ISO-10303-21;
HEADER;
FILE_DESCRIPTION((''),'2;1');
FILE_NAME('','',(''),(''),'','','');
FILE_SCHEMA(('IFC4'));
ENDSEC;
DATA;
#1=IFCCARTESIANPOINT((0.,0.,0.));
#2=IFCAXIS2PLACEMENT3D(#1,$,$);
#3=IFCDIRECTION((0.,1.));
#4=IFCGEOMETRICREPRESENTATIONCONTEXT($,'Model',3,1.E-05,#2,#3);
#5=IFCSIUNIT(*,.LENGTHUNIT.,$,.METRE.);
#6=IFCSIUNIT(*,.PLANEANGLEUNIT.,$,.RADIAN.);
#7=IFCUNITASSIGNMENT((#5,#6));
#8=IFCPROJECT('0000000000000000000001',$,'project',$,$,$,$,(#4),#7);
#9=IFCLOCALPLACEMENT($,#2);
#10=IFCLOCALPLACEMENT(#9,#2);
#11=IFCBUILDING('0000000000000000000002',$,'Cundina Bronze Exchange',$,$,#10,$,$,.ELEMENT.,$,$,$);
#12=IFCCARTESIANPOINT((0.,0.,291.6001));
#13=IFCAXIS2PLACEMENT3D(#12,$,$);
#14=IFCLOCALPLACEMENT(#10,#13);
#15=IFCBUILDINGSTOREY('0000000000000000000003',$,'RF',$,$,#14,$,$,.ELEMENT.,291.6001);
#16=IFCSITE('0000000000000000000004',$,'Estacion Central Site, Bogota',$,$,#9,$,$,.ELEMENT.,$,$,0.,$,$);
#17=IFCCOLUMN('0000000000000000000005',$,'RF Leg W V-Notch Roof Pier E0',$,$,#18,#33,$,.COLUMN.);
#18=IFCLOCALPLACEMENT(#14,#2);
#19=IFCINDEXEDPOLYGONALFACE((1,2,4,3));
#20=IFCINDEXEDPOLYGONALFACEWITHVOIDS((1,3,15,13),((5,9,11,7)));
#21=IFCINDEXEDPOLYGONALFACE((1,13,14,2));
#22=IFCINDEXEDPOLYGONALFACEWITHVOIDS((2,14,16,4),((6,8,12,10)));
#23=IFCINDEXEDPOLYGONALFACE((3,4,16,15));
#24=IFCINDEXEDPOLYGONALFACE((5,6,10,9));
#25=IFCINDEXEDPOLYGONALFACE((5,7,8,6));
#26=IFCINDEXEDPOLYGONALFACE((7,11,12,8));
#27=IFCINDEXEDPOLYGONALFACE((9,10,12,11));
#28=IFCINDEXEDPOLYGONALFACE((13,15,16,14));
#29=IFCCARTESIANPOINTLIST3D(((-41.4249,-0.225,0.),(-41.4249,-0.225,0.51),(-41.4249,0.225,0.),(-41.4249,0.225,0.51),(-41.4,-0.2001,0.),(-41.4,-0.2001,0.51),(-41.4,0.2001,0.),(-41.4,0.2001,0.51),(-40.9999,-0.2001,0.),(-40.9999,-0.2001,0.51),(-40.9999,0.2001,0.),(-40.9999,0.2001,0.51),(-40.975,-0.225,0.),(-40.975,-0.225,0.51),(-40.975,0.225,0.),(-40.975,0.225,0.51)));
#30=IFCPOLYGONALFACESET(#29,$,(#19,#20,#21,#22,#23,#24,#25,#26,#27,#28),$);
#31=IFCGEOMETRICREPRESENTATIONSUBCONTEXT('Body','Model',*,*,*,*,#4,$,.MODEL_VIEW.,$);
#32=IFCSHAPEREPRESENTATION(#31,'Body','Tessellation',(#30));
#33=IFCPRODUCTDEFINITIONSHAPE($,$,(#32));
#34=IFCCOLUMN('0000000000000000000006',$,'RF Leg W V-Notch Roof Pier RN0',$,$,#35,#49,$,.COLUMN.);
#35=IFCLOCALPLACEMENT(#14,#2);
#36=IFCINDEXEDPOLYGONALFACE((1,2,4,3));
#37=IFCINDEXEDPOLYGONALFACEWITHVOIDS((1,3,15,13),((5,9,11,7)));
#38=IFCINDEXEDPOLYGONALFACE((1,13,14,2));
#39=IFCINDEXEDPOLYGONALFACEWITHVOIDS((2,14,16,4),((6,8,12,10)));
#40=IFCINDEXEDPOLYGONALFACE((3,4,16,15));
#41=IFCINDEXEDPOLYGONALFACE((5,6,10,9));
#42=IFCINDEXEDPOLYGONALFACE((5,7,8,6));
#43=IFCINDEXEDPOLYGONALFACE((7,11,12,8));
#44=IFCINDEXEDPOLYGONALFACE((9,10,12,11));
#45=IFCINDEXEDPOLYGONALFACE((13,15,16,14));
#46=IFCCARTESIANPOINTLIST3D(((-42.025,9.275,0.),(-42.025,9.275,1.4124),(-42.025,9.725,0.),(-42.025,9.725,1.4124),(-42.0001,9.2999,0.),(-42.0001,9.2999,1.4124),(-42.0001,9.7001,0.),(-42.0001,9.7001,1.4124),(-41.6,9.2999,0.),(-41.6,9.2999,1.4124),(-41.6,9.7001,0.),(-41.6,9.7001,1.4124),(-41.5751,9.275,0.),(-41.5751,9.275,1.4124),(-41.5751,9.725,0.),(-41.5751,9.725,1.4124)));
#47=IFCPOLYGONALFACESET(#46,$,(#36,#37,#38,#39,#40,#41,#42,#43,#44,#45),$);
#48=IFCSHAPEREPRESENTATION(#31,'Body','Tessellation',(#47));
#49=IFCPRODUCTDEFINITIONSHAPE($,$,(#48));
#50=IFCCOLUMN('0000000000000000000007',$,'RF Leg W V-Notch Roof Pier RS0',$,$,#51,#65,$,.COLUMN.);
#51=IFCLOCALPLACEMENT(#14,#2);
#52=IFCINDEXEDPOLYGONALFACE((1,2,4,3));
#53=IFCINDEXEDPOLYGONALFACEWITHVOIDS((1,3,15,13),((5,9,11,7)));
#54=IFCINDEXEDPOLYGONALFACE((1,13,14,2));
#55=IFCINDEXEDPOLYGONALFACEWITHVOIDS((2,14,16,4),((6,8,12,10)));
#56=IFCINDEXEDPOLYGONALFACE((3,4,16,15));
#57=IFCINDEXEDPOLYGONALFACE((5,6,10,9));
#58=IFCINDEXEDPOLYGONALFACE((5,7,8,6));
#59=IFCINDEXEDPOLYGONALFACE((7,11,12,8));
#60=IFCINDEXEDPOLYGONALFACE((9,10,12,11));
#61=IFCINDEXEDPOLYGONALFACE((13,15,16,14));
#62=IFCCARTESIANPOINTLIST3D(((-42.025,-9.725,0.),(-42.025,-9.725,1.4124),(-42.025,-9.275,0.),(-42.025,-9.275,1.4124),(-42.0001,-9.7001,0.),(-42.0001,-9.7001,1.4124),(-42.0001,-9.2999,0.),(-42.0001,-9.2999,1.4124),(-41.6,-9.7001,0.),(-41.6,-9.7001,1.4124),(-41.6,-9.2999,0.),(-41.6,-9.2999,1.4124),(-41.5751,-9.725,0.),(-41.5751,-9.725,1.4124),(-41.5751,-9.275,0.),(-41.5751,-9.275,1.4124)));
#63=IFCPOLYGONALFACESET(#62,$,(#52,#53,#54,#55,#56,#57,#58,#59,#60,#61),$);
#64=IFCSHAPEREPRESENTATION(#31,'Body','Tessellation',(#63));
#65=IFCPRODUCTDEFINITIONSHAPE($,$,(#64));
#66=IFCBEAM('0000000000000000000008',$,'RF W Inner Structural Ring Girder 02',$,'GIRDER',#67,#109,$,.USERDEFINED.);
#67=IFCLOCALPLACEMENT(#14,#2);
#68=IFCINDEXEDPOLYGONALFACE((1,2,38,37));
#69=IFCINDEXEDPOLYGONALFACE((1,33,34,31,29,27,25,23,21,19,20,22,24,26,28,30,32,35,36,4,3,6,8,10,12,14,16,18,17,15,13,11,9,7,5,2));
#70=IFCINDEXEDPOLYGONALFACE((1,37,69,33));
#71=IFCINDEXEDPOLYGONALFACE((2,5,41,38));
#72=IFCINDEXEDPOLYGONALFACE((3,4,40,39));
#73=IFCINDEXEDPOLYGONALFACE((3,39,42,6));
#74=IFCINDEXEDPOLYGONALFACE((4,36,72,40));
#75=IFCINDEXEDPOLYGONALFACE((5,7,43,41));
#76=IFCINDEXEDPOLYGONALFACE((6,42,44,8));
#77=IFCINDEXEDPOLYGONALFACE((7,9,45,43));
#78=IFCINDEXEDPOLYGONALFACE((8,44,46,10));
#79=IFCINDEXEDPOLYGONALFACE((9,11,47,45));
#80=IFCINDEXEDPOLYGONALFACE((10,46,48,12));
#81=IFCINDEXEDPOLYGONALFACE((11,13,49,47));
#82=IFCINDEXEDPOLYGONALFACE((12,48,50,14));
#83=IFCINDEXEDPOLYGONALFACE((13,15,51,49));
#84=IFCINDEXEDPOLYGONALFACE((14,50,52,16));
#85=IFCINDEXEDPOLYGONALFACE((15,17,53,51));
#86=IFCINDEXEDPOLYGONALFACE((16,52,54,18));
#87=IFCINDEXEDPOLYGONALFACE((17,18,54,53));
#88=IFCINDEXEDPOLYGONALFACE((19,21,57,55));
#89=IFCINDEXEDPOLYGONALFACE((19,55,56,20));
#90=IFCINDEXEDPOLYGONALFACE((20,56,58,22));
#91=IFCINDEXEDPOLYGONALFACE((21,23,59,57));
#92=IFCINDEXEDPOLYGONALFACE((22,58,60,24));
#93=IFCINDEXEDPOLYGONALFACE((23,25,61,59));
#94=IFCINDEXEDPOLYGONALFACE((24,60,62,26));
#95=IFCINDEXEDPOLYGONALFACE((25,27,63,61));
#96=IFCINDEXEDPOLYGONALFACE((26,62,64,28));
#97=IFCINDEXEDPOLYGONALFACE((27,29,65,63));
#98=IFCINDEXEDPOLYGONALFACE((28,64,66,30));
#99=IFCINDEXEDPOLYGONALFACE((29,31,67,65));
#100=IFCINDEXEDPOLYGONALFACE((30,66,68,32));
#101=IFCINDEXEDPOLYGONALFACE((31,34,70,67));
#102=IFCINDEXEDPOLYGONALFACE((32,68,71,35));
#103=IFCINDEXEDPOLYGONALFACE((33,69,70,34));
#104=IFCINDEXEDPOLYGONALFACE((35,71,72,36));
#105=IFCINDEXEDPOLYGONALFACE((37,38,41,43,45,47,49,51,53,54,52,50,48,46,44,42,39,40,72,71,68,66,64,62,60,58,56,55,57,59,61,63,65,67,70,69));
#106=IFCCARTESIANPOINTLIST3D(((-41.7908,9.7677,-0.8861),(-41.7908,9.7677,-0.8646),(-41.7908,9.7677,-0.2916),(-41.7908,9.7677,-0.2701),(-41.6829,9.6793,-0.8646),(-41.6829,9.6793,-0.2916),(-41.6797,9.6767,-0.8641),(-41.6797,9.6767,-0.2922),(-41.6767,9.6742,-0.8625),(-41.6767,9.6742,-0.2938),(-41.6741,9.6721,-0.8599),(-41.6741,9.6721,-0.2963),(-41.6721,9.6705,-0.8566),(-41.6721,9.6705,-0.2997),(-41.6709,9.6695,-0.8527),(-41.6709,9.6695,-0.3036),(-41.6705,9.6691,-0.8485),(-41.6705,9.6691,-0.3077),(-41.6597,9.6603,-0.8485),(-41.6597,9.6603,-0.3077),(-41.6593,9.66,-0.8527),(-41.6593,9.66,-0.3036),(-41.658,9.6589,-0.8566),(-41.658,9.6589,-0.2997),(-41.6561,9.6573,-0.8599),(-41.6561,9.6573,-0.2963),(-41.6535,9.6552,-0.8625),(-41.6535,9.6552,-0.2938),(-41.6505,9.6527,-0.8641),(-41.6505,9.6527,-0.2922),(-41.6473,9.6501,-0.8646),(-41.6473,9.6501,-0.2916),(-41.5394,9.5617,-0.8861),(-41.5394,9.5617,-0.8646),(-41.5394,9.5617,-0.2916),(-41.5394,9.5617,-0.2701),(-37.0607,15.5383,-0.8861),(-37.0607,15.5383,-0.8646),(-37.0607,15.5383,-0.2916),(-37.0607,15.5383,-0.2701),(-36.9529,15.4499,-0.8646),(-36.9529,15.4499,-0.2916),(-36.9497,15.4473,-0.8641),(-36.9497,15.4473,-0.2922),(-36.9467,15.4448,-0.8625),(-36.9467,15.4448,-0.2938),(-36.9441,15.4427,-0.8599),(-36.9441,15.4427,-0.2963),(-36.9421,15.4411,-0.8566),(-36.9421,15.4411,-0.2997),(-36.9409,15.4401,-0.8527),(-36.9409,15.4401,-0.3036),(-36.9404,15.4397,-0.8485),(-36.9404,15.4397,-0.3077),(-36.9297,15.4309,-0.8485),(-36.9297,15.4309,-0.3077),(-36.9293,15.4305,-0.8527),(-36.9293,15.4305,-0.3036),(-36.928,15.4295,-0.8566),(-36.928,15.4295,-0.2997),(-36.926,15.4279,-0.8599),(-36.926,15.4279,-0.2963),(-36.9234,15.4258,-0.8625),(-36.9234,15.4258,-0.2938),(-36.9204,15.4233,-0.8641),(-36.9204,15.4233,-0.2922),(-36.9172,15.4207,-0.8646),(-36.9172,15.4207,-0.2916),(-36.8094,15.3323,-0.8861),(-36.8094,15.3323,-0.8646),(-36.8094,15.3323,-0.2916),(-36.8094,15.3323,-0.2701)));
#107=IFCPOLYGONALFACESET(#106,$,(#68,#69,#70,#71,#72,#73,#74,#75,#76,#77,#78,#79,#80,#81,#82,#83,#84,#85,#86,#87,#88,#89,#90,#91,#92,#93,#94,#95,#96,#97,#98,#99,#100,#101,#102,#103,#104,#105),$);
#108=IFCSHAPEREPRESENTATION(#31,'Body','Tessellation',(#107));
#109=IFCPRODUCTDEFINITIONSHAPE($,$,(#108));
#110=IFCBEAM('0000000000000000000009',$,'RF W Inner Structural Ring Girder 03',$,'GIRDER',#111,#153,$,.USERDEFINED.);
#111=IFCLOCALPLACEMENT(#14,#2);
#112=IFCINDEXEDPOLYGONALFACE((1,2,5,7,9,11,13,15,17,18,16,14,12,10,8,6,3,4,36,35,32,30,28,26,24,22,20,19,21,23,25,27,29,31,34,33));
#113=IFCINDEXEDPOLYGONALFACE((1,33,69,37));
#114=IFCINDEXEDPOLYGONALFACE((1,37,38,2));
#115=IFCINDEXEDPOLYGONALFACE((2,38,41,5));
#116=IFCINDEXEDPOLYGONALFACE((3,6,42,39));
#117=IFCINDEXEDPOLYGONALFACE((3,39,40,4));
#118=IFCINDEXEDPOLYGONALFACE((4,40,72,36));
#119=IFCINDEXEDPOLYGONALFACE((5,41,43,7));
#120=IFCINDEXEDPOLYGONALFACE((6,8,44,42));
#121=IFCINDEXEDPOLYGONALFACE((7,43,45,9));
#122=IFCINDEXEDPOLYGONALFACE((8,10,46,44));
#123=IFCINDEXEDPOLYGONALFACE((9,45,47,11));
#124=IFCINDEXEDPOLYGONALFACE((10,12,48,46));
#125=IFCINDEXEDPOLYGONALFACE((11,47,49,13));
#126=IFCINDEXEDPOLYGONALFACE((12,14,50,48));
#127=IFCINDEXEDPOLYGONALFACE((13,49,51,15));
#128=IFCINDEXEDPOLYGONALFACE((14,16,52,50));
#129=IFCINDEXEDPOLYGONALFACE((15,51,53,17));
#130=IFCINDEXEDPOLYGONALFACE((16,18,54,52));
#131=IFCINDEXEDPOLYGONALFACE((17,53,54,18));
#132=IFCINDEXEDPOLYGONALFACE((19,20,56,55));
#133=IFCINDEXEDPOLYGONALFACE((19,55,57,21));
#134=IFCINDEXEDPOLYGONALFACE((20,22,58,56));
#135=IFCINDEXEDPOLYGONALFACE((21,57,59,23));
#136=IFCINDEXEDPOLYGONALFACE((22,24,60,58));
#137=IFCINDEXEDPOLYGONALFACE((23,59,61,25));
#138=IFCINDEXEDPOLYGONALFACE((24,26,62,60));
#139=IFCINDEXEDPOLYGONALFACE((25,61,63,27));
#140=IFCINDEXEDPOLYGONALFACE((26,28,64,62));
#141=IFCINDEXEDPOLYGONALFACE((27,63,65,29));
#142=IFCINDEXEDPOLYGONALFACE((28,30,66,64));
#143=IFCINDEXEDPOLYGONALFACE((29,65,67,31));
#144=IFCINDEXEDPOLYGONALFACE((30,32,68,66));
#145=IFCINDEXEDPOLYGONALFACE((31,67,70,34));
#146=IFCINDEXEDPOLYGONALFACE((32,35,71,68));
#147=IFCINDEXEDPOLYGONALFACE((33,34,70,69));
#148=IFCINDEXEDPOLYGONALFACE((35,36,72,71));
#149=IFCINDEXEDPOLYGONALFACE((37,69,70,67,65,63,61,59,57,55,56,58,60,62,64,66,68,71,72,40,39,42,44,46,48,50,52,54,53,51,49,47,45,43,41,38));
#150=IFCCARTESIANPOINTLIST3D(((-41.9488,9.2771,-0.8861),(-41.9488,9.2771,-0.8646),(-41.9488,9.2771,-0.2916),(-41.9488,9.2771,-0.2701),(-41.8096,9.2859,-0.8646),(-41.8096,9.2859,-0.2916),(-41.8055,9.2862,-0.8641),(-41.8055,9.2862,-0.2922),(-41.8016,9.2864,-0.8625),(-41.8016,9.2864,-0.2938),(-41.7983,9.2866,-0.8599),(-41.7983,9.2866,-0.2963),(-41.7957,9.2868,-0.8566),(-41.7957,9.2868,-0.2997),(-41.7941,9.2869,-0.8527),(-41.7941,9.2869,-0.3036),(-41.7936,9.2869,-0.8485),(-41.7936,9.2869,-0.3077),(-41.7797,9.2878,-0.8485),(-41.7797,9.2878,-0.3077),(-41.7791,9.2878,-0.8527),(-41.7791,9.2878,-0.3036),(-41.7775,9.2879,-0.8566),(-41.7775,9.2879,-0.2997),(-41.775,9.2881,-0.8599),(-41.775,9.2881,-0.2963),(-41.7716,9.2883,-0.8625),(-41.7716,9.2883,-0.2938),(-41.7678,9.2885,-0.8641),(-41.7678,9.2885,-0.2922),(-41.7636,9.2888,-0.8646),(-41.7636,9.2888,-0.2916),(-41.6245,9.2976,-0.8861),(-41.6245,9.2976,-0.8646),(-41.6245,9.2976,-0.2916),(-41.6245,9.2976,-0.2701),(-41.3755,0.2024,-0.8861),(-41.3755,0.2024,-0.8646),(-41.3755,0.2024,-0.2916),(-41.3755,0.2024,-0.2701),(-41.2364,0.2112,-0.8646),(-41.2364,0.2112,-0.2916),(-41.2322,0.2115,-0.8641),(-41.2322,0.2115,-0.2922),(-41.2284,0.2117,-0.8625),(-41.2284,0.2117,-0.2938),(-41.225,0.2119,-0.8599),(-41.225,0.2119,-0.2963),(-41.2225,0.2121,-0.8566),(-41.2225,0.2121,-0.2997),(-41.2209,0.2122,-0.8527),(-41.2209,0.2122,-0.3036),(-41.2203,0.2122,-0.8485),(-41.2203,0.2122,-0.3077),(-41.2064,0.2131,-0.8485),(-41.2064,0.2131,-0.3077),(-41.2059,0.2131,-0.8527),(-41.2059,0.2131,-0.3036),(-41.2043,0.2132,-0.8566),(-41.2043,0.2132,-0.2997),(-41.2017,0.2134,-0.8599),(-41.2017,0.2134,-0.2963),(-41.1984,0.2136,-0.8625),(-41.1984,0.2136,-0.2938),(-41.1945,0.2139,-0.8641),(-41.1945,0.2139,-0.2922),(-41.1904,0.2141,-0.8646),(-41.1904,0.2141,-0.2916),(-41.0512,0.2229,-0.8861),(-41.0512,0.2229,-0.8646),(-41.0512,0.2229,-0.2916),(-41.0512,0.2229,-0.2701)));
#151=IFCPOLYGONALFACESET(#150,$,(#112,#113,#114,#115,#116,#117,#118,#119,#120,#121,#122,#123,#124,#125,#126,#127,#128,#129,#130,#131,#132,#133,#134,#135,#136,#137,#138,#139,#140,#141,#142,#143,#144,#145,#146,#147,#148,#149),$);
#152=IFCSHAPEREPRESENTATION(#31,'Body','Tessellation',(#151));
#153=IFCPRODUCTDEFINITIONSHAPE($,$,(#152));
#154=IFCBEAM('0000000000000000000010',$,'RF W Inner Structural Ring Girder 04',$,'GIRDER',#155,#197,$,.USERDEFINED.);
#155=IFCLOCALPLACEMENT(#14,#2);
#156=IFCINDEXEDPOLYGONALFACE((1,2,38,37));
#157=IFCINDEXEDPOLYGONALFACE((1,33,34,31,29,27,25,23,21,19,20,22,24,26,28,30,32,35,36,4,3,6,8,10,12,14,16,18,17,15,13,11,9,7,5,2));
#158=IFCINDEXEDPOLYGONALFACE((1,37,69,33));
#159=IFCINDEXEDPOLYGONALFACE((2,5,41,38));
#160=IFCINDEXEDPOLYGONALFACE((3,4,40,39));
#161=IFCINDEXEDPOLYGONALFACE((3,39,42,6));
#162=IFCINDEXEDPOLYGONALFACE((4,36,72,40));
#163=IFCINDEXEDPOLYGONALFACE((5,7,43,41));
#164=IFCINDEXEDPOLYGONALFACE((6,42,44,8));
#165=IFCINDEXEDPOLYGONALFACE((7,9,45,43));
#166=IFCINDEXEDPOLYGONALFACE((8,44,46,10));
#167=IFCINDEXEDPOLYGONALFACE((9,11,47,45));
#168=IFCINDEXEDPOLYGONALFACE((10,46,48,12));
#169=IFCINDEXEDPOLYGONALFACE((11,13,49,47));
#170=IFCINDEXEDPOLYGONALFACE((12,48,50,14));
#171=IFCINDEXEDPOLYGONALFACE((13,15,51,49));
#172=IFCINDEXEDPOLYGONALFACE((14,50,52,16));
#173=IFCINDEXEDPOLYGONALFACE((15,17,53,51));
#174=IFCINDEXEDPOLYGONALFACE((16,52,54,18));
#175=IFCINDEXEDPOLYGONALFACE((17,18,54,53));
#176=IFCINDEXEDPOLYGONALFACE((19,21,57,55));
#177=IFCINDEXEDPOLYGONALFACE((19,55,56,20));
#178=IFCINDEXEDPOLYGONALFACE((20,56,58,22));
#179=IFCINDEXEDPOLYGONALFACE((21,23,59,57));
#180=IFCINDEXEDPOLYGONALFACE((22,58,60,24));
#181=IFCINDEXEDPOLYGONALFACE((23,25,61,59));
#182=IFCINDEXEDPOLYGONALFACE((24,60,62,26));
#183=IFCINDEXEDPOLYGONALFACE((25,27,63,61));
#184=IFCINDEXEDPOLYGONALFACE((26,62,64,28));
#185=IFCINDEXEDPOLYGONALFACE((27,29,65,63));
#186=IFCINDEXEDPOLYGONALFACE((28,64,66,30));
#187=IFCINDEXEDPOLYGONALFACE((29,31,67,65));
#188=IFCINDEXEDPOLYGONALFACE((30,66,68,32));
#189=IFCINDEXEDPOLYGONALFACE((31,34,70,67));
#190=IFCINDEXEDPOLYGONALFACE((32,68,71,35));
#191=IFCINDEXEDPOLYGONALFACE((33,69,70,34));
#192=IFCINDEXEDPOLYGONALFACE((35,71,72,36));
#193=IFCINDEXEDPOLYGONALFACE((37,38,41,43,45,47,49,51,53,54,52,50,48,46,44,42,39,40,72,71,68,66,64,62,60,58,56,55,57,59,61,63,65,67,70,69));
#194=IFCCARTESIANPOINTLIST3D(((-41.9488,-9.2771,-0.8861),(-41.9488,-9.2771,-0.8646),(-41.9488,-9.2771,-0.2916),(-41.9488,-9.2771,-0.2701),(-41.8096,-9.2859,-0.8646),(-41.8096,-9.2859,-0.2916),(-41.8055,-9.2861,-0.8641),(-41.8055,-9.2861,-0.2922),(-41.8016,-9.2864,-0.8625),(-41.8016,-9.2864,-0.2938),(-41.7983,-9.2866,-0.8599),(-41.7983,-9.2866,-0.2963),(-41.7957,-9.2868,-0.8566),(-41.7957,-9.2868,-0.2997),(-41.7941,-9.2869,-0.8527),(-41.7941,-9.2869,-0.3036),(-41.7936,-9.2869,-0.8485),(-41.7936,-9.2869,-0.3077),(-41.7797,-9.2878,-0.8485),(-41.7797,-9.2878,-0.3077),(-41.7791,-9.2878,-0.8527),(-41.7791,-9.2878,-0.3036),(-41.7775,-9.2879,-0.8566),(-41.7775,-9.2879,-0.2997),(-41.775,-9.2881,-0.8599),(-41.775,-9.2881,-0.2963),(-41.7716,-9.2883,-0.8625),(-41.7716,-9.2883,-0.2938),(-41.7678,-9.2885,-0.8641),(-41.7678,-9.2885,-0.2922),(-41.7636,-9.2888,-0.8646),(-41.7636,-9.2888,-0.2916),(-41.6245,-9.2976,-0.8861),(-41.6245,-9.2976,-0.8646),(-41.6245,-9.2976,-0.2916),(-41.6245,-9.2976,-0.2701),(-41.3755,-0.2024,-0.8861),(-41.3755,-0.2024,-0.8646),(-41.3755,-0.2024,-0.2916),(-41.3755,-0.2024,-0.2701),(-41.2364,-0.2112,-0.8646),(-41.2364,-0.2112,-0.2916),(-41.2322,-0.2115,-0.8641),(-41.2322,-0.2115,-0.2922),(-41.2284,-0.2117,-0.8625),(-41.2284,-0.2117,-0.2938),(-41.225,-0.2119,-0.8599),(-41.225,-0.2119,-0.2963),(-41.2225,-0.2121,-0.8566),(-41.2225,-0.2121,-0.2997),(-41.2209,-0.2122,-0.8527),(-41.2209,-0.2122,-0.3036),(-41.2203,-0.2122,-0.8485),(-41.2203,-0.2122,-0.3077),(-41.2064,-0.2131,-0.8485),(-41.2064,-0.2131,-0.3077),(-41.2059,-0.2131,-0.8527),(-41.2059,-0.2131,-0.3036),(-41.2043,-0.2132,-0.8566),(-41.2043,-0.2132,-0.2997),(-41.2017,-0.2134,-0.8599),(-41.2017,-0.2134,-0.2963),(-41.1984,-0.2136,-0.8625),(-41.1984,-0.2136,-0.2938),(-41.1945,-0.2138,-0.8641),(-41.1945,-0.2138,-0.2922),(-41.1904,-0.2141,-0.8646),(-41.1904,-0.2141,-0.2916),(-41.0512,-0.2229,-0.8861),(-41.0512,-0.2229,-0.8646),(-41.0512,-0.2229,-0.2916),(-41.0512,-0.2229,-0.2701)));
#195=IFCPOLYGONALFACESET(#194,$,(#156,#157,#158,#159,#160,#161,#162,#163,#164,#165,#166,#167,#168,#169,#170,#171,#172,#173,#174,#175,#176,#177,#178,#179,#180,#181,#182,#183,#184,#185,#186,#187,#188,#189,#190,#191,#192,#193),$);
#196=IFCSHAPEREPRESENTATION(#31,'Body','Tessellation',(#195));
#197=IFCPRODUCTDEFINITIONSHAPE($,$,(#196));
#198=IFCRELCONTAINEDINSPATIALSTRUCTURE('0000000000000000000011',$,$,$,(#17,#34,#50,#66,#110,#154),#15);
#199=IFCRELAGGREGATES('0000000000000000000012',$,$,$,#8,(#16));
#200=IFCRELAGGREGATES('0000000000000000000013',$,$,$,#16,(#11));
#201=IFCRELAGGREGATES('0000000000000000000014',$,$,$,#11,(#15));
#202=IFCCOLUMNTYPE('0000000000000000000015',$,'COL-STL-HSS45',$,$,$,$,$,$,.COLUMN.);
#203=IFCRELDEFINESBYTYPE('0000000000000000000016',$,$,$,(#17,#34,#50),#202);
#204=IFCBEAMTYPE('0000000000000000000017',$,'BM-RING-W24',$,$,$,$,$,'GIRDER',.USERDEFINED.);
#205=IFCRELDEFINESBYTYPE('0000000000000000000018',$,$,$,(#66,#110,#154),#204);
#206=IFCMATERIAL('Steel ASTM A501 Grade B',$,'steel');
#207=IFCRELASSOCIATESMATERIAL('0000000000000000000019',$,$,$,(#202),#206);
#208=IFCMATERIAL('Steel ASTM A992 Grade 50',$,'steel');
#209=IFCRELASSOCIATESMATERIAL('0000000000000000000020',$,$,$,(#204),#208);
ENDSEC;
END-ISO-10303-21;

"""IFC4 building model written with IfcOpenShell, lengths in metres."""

from ifc_helpers import new_model, si_unit, direction, frame, origin, origin_2d, place, context, subcontext, project, spatial, hollow_rectangle, i_section, extrude, material, material_profile, profile_set, type_object, element, save


model = new_model("IFC4")

# Units and contexts
model_context = context("Model", 3, precision=1e-05, world=origin(), true_north=direction((0.0, 1.0)))
body_context = subcontext(model_context, "Body", "Model", "MODEL_VIEW")
ifc_project = project(units=[si_unit("LENGTHUNIT", "METRE"), si_unit("PLANEANGLEUNIT", "RADIAN")], contexts=[model_context])

# Site, building, storey
site_placement = place(None, origin())
site = spatial("IfcSite", under=ifc_project, at=site_placement, Name="Estacion Central Site, Bogota", CompositionType="ELEMENT", RefElevation=0.0)
building_placement = place(site_placement, origin())
building = spatial("IfcBuilding", under=site, at=building_placement, Name="Cundina Bronze Exchange", CompositionType="ELEMENT")
storey_placement = place(building_placement, frame((0.0, 0.0, 291.6001)))
storey = spatial("IfcBuildingStorey", under=building, at=storey_placement, Name="RF", CompositionType="ELEMENT", Elevation=291.6001)

# Columns
ifc_material_1 = material(Name="Steel ASTM A501 Grade B", Category="steel")
ifc_material_profile_1 = material_profile(ifc_material_1, hollow_rectangle(XDim=0.45, YDim=0.45, WallThickness=0.0249, at=origin_2d()), Name="HSS450X450X25", Category="steel")
ifc_profile_set_1 = profile_set([ifc_material_profile_1], Name="Steel ASTM A501 Grade B")
column_type = type_object("IfcColumnType", Name="COL-STL-HSS45", PredefinedType="COLUMN", material=ifc_profile_set_1)
column_placement = place(storey_placement, frame((-41.2, 0.0, 0.0), z_axis=(0.0, 0.0, 1.0), x_axis=(1.0, 0.0, 0.0)))
element("IfcColumn", 1, at=column_placement, inside=storey, type_object=column_type, Name="RF Leg W V-Notch Roof Pier E0", PredefinedType="COLUMN", context=body_context, shape_type="SweptSolid", body=[
    extrude(hollow_rectangle(XDim=0.45, YDim=0.45, WallThickness=0.0249, at=origin_2d()), origin(), (0.0, 0.0, 1.0), 0.51),
])
for number, where, z_axis, x_axis, name in (
    (2, (-41.8, 9.5, 0.0), (0.0, 0.0, 1.0), (1.0, 0.0, 0.0), "RF Leg W V-Notch Roof Pier RN0"),
    (3, (-41.8, -9.5, 0.0), (0.0, 0.0, 1.0), (1.0, 0.0, 0.0), "RF Leg W V-Notch Roof Pier RS0"),
):
    element("IfcColumn", number, at=place(storey_placement, frame(where, z_axis=z_axis, x_axis=x_axis)), inside=storey, type_object=column_type, Name=name, PredefinedType="COLUMN", context=body_context, shape_type="SweptSolid", body=[
        extrude(hollow_rectangle(XDim=0.45, YDim=0.45, WallThickness=0.0249, at=origin_2d()), origin(), (0.0, 0.0, 1.0), 1.4124),
    ])

# Beams
ifc_material_2 = material(Name="Steel ASTM A992 Grade 50", Category="steel")
ifc_material_profile_2 = material_profile(ifc_material_2, i_section(OverallWidth=0.325, OverallDepth=0.616, WebThickness=0.0139, FlangeThickness=0.0215, FilletRadius=0.0161, at=origin_2d()), Name="W24X117", Category="steel")
ifc_profile_set_2 = profile_set([ifc_material_profile_2], Name="Steel ASTM A992 Grade 50")
beam_type_1 = type_object("IfcBeamType", Name="BM-RING-W24", ElementType="GIRDER", PredefinedType="USERDEFINED", material=ifc_profile_set_2)
beam_1_placement = place(storey_placement, frame((-36.9351, 15.4353, -0.5781), z_axis=(-0.633932, -0.773388, 0.0), x_axis=(0.773388, -0.633932, 0.0)))
element("IfcBeam", 4, at=beam_1_placement, inside=storey, type_object=beam_type_1, Name="RF W Inner Structural Ring Girder 02", ObjectType="GIRDER", PredefinedType="USERDEFINED", context=body_context, shape_type="SweptSolid", body=[
    extrude(i_section(OverallWidth=0.325, OverallDepth=0.616, WebThickness=0.0139, FlangeThickness=0.0215, FilletRadius=0.0161, at=origin_2d()), origin(), (0.0, 0.0, 1.0), 7.4614),
])
for number, where, z_axis, x_axis, name in (
    (5, (-41.7866, 9.2874, -0.5781), (0.063044, -0.998011, 0.0), (0.998011, 0.063044, 0.0), "RF W Inner Structural Ring Girder 03"),
    (6, (-41.2134, -0.2126, -0.5781), (-0.063044, -0.998011, 0.0), (0.998011, -0.063044, 0.0), "RF W Inner Structural Ring Girder 04"),
):
    element("IfcBeam", number, at=place(storey_placement, frame(where, z_axis=z_axis, x_axis=x_axis)), inside=storey, type_object=beam_type_1, Name=name, ObjectType="GIRDER", PredefinedType="USERDEFINED", context=body_context, shape_type="SweptSolid", body=[
        extrude(i_section(OverallWidth=0.325, OverallDepth=0.616, WebThickness=0.0139, FlangeThickness=0.0215, FilletRadius=0.0161, at=origin_2d()), origin(), (0.0, 0.0, 1.0), 9.0928),
    ])

save(model, "model.ifc")
